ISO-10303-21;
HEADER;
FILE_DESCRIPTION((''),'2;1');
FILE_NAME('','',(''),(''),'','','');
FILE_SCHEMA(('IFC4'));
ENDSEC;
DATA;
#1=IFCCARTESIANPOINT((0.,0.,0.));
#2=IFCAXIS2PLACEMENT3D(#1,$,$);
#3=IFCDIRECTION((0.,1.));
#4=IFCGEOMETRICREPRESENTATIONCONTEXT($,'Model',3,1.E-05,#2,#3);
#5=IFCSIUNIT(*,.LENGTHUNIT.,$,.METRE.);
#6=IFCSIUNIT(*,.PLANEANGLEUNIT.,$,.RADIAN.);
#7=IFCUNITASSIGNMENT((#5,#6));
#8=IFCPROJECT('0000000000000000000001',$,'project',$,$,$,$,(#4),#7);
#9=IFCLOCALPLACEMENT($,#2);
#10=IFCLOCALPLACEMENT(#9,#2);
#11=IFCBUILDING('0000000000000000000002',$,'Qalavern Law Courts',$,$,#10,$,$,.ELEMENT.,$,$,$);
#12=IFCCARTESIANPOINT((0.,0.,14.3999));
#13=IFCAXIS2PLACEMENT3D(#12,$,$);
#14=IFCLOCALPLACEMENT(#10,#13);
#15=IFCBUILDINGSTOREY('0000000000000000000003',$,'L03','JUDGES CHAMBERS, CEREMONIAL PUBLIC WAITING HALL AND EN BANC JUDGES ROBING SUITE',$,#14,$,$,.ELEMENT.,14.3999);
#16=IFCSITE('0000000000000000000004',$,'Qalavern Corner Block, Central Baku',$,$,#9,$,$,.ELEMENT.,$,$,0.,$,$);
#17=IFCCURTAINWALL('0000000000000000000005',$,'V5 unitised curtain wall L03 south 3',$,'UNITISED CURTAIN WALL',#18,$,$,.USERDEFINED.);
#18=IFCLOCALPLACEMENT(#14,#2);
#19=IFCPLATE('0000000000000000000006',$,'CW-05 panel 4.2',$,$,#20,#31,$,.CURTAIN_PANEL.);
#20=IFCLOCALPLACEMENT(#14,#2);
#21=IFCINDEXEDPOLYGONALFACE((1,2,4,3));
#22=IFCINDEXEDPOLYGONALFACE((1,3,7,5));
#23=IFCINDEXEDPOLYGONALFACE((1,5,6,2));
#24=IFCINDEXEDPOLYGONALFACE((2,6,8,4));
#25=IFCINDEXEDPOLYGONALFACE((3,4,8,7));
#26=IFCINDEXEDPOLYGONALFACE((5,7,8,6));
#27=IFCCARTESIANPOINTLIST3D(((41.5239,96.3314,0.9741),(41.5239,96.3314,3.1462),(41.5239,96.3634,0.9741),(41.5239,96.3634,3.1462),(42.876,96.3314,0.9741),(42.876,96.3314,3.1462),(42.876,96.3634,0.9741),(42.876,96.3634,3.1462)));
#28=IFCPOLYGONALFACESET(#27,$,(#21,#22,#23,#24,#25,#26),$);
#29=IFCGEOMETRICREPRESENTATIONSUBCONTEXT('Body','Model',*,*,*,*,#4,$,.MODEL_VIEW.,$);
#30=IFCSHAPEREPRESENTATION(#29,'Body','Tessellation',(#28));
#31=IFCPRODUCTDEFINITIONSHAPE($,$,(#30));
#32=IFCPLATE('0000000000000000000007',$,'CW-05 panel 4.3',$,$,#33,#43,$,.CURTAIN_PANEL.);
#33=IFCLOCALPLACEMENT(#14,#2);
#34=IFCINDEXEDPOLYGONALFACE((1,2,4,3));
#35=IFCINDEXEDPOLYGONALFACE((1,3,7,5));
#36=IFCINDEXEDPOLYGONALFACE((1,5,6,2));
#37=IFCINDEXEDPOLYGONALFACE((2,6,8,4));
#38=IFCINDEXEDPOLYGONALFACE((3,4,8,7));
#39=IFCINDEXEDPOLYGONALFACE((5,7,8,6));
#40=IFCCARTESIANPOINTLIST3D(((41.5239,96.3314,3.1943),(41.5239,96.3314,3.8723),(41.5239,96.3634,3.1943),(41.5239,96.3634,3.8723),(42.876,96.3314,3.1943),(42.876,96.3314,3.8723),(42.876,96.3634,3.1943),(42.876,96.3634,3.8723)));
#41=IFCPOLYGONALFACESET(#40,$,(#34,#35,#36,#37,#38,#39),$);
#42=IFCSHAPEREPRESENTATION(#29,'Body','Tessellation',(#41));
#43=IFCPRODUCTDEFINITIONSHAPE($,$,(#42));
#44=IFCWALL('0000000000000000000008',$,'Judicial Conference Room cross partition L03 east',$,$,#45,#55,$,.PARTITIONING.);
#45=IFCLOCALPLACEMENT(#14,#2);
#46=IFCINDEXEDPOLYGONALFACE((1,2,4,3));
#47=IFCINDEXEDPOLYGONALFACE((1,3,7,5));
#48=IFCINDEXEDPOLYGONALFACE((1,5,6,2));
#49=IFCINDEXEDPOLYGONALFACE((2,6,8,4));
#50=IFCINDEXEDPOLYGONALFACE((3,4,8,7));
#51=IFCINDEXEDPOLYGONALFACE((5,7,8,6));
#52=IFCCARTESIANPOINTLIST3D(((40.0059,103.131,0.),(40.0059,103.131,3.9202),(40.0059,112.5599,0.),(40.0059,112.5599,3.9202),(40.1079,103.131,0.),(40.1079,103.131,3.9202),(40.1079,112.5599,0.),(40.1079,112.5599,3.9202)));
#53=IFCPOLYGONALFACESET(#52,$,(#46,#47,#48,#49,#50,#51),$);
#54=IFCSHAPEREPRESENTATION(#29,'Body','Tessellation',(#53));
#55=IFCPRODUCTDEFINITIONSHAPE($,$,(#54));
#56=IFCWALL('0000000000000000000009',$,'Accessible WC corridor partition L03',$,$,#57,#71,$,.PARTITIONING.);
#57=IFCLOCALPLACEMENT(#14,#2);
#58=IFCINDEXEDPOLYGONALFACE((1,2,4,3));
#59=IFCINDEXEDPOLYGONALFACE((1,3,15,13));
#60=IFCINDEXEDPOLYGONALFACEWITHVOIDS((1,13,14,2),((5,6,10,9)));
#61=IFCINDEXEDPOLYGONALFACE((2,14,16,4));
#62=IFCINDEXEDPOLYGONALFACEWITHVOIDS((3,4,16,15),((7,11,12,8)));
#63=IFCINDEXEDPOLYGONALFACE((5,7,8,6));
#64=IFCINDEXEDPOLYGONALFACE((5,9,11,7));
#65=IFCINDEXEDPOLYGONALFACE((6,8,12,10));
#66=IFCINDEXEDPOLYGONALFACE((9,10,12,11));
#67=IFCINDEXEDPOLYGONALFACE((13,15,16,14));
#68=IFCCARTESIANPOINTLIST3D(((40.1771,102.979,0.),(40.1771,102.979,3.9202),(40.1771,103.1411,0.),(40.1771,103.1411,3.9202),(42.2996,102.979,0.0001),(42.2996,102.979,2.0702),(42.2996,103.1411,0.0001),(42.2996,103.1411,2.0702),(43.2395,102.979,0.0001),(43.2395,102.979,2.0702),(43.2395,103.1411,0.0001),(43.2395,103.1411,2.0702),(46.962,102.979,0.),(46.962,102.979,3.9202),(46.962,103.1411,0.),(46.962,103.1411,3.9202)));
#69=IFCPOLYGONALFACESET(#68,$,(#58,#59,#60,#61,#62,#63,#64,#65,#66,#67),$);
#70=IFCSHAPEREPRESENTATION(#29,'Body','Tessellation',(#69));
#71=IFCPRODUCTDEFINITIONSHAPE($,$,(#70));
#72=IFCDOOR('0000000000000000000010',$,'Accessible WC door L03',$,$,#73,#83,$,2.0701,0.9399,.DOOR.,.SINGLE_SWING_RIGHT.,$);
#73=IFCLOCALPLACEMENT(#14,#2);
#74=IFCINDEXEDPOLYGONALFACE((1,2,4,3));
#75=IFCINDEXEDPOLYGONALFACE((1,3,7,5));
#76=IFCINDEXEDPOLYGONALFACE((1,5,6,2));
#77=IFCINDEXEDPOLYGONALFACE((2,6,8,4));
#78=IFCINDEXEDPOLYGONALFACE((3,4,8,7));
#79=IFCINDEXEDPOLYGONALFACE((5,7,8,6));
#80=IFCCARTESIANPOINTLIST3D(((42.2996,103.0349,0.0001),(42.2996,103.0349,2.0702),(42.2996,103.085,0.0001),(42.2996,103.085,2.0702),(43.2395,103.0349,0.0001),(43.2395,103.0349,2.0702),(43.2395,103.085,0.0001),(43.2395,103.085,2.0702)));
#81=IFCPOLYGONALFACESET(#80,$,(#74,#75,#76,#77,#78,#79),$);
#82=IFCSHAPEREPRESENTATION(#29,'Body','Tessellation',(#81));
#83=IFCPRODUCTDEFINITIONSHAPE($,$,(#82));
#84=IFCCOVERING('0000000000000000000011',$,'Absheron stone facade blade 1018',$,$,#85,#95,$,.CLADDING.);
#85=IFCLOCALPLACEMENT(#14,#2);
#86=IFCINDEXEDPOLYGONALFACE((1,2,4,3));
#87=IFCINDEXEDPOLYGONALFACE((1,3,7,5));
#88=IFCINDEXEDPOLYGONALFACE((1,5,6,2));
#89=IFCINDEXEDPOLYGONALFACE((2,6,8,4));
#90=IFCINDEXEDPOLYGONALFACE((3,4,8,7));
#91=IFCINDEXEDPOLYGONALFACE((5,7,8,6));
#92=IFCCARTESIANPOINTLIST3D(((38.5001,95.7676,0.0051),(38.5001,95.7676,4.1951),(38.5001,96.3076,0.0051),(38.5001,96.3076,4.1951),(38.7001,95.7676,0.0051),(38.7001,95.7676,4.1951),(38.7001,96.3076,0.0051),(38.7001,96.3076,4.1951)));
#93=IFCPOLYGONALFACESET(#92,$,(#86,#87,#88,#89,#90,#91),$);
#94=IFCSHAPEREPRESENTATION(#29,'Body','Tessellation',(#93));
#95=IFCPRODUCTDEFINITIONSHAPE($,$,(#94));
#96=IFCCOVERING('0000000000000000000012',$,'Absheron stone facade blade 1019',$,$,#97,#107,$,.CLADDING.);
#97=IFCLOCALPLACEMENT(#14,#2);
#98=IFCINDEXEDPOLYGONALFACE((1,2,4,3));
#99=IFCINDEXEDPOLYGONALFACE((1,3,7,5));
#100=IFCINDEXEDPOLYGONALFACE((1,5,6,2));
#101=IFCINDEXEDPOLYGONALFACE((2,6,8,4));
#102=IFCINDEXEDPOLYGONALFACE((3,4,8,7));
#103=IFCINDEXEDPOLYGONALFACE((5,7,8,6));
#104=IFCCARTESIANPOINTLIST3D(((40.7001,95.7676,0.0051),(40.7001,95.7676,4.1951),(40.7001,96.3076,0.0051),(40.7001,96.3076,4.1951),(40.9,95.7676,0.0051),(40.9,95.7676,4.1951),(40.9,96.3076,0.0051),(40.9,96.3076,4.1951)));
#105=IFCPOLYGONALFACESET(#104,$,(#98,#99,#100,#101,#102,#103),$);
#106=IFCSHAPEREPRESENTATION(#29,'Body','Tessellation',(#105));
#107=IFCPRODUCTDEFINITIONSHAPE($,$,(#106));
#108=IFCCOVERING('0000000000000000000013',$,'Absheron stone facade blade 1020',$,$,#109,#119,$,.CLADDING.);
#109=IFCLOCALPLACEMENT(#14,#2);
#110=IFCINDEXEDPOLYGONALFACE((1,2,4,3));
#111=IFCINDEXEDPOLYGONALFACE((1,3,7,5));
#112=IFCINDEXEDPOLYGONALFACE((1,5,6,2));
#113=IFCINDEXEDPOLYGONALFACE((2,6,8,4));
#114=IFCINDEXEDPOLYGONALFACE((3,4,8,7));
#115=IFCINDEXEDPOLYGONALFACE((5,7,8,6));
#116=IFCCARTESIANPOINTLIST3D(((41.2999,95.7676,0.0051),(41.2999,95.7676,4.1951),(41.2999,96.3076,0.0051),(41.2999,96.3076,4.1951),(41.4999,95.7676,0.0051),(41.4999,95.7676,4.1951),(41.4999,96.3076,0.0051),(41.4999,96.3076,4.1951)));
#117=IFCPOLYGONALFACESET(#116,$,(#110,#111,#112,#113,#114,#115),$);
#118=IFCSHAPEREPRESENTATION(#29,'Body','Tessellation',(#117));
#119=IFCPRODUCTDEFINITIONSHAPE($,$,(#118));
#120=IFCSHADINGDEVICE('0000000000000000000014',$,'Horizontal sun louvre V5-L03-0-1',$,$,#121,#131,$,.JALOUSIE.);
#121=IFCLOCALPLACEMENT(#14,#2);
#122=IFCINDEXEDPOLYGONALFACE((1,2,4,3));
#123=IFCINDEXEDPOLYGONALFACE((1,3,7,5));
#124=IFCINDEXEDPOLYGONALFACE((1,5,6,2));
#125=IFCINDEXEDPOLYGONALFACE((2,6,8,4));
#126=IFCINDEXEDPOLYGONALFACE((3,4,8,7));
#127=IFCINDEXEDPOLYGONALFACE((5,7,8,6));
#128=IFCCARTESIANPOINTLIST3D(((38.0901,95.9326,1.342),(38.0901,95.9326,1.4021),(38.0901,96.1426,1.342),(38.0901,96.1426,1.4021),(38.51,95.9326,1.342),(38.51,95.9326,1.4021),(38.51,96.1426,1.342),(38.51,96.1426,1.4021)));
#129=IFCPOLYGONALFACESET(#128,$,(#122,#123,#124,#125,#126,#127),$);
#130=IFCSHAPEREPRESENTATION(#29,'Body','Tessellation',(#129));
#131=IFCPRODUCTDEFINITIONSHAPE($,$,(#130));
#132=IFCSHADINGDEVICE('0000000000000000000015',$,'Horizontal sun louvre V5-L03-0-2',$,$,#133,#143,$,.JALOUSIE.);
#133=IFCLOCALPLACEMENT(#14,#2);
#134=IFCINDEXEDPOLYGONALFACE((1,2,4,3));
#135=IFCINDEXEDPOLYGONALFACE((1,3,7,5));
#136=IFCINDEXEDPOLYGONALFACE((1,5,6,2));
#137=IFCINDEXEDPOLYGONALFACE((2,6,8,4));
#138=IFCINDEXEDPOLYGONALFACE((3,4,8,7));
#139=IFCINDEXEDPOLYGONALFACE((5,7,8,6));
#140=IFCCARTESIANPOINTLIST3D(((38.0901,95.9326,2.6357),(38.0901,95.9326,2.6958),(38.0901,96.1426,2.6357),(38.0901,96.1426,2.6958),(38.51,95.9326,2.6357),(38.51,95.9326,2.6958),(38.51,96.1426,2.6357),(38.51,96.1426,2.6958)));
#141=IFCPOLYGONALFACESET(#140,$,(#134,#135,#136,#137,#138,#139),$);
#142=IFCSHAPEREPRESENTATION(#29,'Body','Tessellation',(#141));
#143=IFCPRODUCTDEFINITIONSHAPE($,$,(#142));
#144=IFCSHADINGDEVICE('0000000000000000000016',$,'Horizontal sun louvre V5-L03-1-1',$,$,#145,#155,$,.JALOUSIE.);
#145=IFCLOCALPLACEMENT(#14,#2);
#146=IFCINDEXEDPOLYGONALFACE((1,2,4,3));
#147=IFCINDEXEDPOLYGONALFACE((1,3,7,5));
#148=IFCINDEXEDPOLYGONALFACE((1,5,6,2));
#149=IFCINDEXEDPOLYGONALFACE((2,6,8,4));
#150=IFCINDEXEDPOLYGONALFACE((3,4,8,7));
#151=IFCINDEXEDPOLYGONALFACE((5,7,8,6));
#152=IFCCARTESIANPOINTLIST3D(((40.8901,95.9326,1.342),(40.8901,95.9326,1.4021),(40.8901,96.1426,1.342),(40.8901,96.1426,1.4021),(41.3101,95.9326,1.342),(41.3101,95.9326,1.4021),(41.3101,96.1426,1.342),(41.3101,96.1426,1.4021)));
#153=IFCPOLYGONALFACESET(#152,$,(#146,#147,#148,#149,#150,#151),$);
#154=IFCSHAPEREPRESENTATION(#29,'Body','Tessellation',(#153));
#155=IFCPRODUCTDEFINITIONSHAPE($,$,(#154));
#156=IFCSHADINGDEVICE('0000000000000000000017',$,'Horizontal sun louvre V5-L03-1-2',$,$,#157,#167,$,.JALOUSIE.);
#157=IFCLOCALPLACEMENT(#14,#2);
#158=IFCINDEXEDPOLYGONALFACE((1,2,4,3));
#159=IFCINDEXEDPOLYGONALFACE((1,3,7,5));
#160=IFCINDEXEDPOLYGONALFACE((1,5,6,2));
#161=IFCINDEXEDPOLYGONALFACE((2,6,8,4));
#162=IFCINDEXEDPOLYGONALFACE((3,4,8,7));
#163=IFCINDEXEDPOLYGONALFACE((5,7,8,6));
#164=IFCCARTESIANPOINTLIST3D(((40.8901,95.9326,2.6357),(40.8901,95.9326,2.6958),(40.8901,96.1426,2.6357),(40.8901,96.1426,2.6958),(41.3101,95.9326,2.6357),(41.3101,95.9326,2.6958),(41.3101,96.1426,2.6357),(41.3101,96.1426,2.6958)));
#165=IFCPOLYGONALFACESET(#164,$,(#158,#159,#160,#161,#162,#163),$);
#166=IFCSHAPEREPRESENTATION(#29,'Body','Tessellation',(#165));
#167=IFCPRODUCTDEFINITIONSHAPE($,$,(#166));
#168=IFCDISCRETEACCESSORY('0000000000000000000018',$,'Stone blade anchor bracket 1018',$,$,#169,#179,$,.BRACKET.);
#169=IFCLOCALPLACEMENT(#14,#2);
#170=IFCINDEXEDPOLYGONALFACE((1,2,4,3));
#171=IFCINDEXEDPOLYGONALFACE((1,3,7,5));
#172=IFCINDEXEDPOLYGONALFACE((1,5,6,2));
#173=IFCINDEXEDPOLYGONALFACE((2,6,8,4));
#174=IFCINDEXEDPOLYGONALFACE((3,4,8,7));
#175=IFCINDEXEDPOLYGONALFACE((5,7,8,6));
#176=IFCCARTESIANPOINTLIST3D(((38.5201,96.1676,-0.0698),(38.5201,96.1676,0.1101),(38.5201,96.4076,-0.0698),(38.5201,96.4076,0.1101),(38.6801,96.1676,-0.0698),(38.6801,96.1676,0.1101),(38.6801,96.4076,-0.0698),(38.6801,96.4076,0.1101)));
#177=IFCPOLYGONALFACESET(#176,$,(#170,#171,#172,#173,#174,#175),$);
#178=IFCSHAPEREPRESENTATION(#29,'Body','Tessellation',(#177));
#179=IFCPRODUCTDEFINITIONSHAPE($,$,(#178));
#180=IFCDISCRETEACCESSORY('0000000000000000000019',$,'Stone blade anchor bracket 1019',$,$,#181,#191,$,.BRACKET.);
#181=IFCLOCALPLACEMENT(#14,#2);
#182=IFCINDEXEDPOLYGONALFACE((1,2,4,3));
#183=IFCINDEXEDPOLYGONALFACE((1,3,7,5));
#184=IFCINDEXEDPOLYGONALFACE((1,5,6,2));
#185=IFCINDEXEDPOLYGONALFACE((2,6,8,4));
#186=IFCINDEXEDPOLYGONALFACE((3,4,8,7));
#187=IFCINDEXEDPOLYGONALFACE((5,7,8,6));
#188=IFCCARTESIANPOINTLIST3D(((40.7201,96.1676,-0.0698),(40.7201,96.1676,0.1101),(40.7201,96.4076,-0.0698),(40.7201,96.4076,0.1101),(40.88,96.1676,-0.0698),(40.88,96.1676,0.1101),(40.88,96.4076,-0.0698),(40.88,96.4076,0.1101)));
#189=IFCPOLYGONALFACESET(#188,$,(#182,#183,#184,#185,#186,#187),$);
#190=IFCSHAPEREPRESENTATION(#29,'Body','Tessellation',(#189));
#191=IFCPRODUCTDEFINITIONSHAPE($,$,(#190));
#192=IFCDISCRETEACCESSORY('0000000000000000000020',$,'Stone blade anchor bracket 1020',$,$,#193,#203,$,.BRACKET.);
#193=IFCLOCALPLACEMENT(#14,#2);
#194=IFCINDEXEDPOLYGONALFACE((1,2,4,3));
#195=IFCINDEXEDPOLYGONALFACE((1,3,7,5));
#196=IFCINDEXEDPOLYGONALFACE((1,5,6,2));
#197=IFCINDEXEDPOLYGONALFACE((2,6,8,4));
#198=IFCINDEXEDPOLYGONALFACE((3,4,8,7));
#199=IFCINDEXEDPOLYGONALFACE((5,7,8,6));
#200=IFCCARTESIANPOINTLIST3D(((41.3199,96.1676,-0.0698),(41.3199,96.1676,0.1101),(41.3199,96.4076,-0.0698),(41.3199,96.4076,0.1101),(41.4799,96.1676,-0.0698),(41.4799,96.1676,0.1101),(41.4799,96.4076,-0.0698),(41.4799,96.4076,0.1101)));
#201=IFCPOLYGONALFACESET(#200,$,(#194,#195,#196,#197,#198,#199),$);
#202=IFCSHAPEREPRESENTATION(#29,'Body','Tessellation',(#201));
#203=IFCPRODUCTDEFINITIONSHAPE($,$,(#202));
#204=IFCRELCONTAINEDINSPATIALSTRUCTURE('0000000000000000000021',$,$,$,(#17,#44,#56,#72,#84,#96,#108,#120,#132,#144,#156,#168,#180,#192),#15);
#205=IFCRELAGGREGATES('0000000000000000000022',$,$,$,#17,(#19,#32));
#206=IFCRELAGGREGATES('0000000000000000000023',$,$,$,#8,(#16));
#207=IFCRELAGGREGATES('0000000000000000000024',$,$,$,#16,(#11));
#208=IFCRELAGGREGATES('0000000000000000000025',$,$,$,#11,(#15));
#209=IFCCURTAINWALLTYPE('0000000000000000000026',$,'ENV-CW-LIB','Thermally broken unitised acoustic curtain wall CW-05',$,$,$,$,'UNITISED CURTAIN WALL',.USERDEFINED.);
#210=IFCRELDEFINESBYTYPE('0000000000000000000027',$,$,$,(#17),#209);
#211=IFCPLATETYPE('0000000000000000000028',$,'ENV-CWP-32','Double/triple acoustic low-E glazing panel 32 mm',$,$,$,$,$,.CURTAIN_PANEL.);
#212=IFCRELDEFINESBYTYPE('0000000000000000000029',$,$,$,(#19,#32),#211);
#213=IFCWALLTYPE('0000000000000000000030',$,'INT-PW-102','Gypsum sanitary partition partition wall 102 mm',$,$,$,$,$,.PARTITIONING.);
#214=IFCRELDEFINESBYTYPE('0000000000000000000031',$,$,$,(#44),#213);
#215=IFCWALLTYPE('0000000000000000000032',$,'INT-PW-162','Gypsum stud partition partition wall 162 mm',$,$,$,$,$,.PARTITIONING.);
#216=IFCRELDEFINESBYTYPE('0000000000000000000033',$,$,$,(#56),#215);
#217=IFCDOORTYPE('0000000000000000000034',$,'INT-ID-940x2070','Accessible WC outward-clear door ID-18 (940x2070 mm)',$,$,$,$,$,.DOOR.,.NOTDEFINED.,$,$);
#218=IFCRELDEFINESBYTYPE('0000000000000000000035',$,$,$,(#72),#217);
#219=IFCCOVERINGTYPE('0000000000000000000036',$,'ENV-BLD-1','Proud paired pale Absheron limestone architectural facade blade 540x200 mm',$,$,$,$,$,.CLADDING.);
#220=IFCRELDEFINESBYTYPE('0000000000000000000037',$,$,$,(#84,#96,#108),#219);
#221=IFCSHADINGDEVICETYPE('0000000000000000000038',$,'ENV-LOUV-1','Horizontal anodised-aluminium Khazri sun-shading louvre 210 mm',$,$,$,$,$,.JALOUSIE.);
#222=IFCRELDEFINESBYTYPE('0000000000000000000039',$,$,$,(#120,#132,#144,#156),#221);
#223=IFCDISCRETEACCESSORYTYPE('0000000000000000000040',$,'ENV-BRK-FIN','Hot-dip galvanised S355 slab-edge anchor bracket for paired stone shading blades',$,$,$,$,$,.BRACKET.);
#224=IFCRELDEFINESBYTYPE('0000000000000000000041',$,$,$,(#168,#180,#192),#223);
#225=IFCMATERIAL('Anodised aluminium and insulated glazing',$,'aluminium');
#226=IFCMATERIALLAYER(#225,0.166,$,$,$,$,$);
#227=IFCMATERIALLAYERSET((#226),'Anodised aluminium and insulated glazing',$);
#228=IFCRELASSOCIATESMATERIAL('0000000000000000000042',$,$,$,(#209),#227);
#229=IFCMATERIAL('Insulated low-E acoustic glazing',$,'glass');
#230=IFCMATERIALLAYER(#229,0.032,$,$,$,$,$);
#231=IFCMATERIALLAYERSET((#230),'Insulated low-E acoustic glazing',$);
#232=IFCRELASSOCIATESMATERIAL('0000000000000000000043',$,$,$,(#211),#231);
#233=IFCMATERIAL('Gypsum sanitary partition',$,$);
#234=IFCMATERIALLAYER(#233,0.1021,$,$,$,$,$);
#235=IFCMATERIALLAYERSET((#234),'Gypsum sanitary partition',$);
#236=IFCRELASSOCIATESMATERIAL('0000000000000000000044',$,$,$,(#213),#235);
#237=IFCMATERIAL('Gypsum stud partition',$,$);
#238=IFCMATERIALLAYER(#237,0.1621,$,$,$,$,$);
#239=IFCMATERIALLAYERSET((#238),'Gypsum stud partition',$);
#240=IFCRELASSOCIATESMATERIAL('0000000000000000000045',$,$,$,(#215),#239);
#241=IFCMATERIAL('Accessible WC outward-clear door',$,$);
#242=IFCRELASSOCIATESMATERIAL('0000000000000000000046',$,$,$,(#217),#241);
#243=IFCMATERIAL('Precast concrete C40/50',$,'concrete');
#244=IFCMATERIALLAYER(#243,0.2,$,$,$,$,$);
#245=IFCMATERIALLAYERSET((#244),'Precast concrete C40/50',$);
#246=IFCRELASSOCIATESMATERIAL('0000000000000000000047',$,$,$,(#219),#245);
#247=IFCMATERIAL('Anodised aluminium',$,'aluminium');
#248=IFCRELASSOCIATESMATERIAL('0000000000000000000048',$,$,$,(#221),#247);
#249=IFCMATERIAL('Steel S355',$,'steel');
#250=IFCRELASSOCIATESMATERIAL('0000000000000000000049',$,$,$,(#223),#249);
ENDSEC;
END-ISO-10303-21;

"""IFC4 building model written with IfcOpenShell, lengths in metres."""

from ifc_helpers import new_model, si_unit, direction, frame, frame_2d, origin, origin_2d, place, context, subcontext, project, spatial, rectangle, extrude, material, layer, layer_set, type_object, element, fill, aggregate, save


model = new_model("IFC4")

# Units and contexts
model_context = context("Model", 3, precision=1e-05, world=origin(), true_north=direction((0.0, 1.0)))
body_context = subcontext(model_context, "Body", "Model", "MODEL_VIEW")
ifc_project = project(units=[si_unit("LENGTHUNIT", "METRE"), si_unit("PLANEANGLEUNIT", "RADIAN")], contexts=[model_context])

# Site, building, storey
site_placement = place(None, origin())
site = spatial("IfcSite", under=ifc_project, at=site_placement, Name="Qalavern Corner Block, Central Baku", CompositionType="ELEMENT", RefElevation=0.0)
building_placement = place(site_placement, origin())
building = spatial("IfcBuilding", under=site, at=building_placement, Name="Qalavern Law Courts", CompositionType="ELEMENT")
storey_placement = place(building_placement, frame((0.0, 0.0, 14.3999)))
storey = spatial("IfcBuildingStorey", under=building, at=storey_placement, Name="L03", Description="JUDGES CHAMBERS, CEREMONIAL PUBLIC WAITING HALL AND EN BANC JUDGES ROBING SUITE", CompositionType="ELEMENT", Elevation=14.3999)

# Curtain wall, plates
ifc_material_1 = material(Name="Anodised aluminium and insulated glazing", Category="aluminium")
ifc_layer_1 = layer(ifc_material_1, 0.166)
ifc_layer_set_1 = layer_set([ifc_layer_1], Name="Anodised aluminium and insulated glazing")
curtain_wall_type = type_object("IfcCurtainWallType", Name="ENV-CW-LIB", Description="Thermally broken unitised acoustic curtain wall CW-05", ElementType="UNITISED CURTAIN WALL", PredefinedType="USERDEFINED", material=ifc_layer_set_1)
curtain_wall_placement = place(storey_placement, origin())
curtain_wall = element("IfcCurtainWall", 1, at=curtain_wall_placement, inside=storey, type_object=curtain_wall_type, Name="V5 unitised curtain wall L03 south 3", ObjectType="UNITISED CURTAIN WALL", PredefinedType="USERDEFINED")
ifc_material_2 = material(Name="Anodised aluminium", Category="aluminium")
ifc_material_3 = material(Name="Insulated low-E acoustic glazing", Category="glass")
ifc_layer_2 = layer(ifc_material_3, 0.032)
ifc_layer_set_2 = layer_set([ifc_layer_2], Name="Insulated low-E acoustic glazing")
plate_type = type_object("IfcPlateType", Name="ENV-CWP-32", Description="Double/triple acoustic low-E glazing panel 32 mm", PredefinedType="CURTAIN_PANEL", material=ifc_layer_set_2)
plate_1_placement = place(storey_placement, frame((42.2, 96.3474, 0.9741), z_axis=(0.0, 0.0, 1.0), x_axis=(1.0, 0.0, 0.0)))
plate_1 = element("IfcPlate", 2, at=plate_1_placement, type_object=plate_type, Name="CW-05 panel 4.2", PredefinedType="CURTAIN_PANEL", context=body_context, shape_type="SweptSolid", body=[
    extrude(rectangle(XDim=1.3521, YDim=0.032, at=origin_2d()), origin(), (0.0, 0.0, 1.0), 2.1721),
])
plate_2_placement = place(storey_placement, frame((42.2, 96.3474, 3.1943), z_axis=(0.0, 0.0, 1.0), x_axis=(1.0, 0.0, 0.0)))
plate_2 = element("IfcPlate", 3, at=plate_2_placement, type_object=plate_type, Name="CW-05 panel 4.3", PredefinedType="CURTAIN_PANEL", context=body_context, shape_type="SweptSolid", body=[
    extrude(rectangle(XDim=1.3521, YDim=0.032, at=origin_2d()), origin(), (0.0, 0.0, 1.0), 0.678),
])
aggregate(curtain_wall, [plate_1, plate_2])

# Wall
ifc_material_4 = material(Name="Gypsum sanitary partition")
ifc_layer_3 = layer(ifc_material_4, 0.1021)
ifc_layer_set_3 = layer_set([ifc_layer_3], Name="Gypsum sanitary partition")
wall_type_1 = type_object("IfcWallType", Name="INT-PW-102", Description="Gypsum sanitary partition partition wall 102 mm", PredefinedType="PARTITIONING", material=ifc_layer_set_3)
wall_1_placement = place(storey_placement, frame((40.0569, 103.1311, 0.0), z_axis=(0.0, 0.0, 1.0), x_axis=(0.0, 1.0, 0.0)))
element("IfcWall", 4, at=wall_1_placement, inside=storey, type_object=wall_type_1, Name="Judicial Conference Room cross partition L03 east", PredefinedType="PARTITIONING", context=body_context, shape_type="SweptSolid", body=[
    extrude(rectangle(XDim=9.429, YDim=0.1021, at=frame_2d((4.7144, 0.0))), origin(), (0.0, 0.0, 1.0), 3.9202),
])

# Wall, opening, door
ifc_material_5 = material(Name="Gypsum stud partition")
ifc_layer_4 = layer(ifc_material_5, 0.1621)
ifc_layer_set_4 = layer_set([ifc_layer_4], Name="Gypsum stud partition")
wall_type_2 = type_object("IfcWallType", Name="INT-PW-162", Description="Gypsum stud partition partition wall 162 mm", PredefinedType="PARTITIONING", material=ifc_layer_set_4)
wall_2_placement = place(storey_placement, frame((40.177, 103.0601, 0.0), z_axis=(0.0, 0.0, 1.0), x_axis=(1.0, 0.0, 0.0)))
wall_2 = element("IfcWall", 5, at=wall_2_placement, inside=storey, type_object=wall_type_2, Name="Accessible WC corridor partition L03", PredefinedType="PARTITIONING", context=body_context, shape_type="SweptSolid", body=[
    extrude(rectangle(XDim=6.7849, YDim=0.1621, at=frame_2d((3.3926, 0.0))), origin(), (0.0, 0.0, 1.0), 3.9202),
])
opening_placement = place(wall_2_placement, frame((2.1226, 0.0, 0.0)))
opening = element("IfcOpeningElement", 6, at=opening_placement, cuts=wall_2, PredefinedType="OPENING", context=body_context, shape_type="SweptSolid", body=[
    extrude(rectangle(XDim=0.9399, YDim=2.0701, at=frame_2d((0.47, 1.0352))), frame((0.0, 0.0959, 0.0), z_axis=(0.0, -1.0, 0.0), x_axis=(1.0, 0.0, 0.0)), (0.0, 0.0, 1.0), 0.1919),
])
ifc_material_6 = material(Name="Accessible WC outward-clear door")
door_type = type_object("IfcDoorType", Name="INT-ID-940x2070", Description="Accessible WC outward-clear door ID-18 (940x2070 mm)", OperationType="NOTDEFINED", PredefinedType="DOOR", material=ifc_material_6)
door_placement = place(opening_placement, origin())
door = element("IfcDoor", 7, at=door_placement, inside=storey, type_object=door_type, Name="Accessible WC door L03", OperationType="SINGLE_SWING_RIGHT", OverallHeight=2.0701, OverallWidth=0.9399, PredefinedType="DOOR", context=body_context, shape_type="SweptSolid", body=[
    extrude(rectangle(XDim=0.9399, YDim=2.0701, at=frame_2d((0.47, 1.0352))), frame((0.0, 0.0249, 0.0), z_axis=(0.0, -1.0, 0.0), x_axis=(1.0, 0.0, 0.0)), (0.0, 0.0, 1.0), 0.05),
])
fill(opening, door)

# Coverings
ifc_material_7 = material(Name="Precast concrete C40/50", Category="concrete")
ifc_layer_5 = layer(ifc_material_7, 0.2)
ifc_layer_set_5 = layer_set([ifc_layer_5], Name="Precast concrete C40/50")
covering_type = type_object("IfcCoveringType", Name="ENV-BLD-1", Description="Proud paired pale Absheron limestone architectural facade blade 540x200 mm", PredefinedType="CLADDING", material=ifc_layer_set_5)
for number, where, z_axis, x_axis, name in (
    (8, (38.6001, 96.0376, 0.0051), (0.0, 0.0, 1.0), (0.0, -1.0, 0.0), "Absheron stone facade blade 1018"),
    (9, (40.8, 96.0376, 0.0051), (0.0, 0.0, 1.0), (0.0, -1.0, 0.0), "Absheron stone facade blade 1019"),
    (10, (41.3999, 96.0376, 0.0051), (0.0, 0.0, 1.0), (0.0, -1.0, 0.0), "Absheron stone facade blade 1020"),
):
    element("IfcCovering", number, at=place(storey_placement, frame(where, z_axis=z_axis, x_axis=x_axis)), inside=storey, type_object=covering_type, Name=name, PredefinedType="CLADDING", context=body_context, shape_type="SweptSolid", body=[
        extrude(rectangle(XDim=0.54, YDim=0.2, at=origin_2d()), origin(), (0.0, 0.0, 1.0), 4.1899),
    ])

# Shading devices
shading_device_type = type_object("IfcShadingDeviceType", Name="ENV-LOUV-1", Description="Horizontal anodised-aluminium Khazri sun-shading louvre 210 mm", PredefinedType="JALOUSIE", material=ifc_material_2)
for number, where, z_axis, x_axis, name in (
    (11, (38.3, 96.0376, 1.342), (0.0, 0.0, 1.0), (1.0, 0.0, 0.0), "Horizontal sun louvre V5-L03-0-1"),
    (12, (38.3, 96.0376, 2.6357), (0.0, 0.0, 1.0), (1.0, 0.0, 0.0), "Horizontal sun louvre V5-L03-0-2"),
    (13, (41.1001, 96.0376, 1.342), (0.0, 0.0, 1.0), (1.0, 0.0, 0.0), "Horizontal sun louvre V5-L03-1-1"),
    (14, (41.1001, 96.0376, 2.6357), (0.0, 0.0, 1.0), (1.0, 0.0, 0.0), "Horizontal sun louvre V5-L03-1-2"),
):
    element("IfcShadingDevice", number, at=place(storey_placement, frame(where, z_axis=z_axis, x_axis=x_axis)), inside=storey, type_object=shading_device_type, Name=name, PredefinedType="JALOUSIE", context=body_context, shape_type="SweptSolid", body=[
        extrude(rectangle(XDim=0.4199, YDim=0.21, at=origin_2d()), origin(), (0.0, 0.0, 1.0), 0.0601),
    ])

# Discrete accessories
ifc_material_8 = material(Name="Steel S355", Category="steel")
discrete_accessory_type = type_object("IfcDiscreteAccessoryType", Name="ENV-BRK-FIN", Description="Hot-dip galvanised S355 slab-edge anchor bracket for paired stone shading blades", PredefinedType="BRACKET", material=ifc_material_8)
for number, where, z_axis, x_axis, name in (
    (15, (38.6001, 96.2876, -0.0698), (0.0, 0.0, 1.0), (0.0, -1.0, 0.0), "Stone blade anchor bracket 1018"),
    (16, (40.8, 96.2876, -0.0698), (0.0, 0.0, 1.0), (0.0, -1.0, 0.0), "Stone blade anchor bracket 1019"),
    (17, (41.3999, 96.2876, -0.0698), (0.0, 0.0, 1.0), (0.0, -1.0, 0.0), "Stone blade anchor bracket 1020"),
):
    element("IfcDiscreteAccessory", number, at=place(storey_placement, frame(where, z_axis=z_axis, x_axis=x_axis)), inside=storey, type_object=discrete_accessory_type, Name=name, PredefinedType="BRACKET", context=body_context, shape_type="SweptSolid", body=[
        extrude(rectangle(XDim=0.24, YDim=0.1599, at=origin_2d()), origin(), (0.0, 0.0, 1.0), 0.1799),
    ])

save(model, "model.ifc")
